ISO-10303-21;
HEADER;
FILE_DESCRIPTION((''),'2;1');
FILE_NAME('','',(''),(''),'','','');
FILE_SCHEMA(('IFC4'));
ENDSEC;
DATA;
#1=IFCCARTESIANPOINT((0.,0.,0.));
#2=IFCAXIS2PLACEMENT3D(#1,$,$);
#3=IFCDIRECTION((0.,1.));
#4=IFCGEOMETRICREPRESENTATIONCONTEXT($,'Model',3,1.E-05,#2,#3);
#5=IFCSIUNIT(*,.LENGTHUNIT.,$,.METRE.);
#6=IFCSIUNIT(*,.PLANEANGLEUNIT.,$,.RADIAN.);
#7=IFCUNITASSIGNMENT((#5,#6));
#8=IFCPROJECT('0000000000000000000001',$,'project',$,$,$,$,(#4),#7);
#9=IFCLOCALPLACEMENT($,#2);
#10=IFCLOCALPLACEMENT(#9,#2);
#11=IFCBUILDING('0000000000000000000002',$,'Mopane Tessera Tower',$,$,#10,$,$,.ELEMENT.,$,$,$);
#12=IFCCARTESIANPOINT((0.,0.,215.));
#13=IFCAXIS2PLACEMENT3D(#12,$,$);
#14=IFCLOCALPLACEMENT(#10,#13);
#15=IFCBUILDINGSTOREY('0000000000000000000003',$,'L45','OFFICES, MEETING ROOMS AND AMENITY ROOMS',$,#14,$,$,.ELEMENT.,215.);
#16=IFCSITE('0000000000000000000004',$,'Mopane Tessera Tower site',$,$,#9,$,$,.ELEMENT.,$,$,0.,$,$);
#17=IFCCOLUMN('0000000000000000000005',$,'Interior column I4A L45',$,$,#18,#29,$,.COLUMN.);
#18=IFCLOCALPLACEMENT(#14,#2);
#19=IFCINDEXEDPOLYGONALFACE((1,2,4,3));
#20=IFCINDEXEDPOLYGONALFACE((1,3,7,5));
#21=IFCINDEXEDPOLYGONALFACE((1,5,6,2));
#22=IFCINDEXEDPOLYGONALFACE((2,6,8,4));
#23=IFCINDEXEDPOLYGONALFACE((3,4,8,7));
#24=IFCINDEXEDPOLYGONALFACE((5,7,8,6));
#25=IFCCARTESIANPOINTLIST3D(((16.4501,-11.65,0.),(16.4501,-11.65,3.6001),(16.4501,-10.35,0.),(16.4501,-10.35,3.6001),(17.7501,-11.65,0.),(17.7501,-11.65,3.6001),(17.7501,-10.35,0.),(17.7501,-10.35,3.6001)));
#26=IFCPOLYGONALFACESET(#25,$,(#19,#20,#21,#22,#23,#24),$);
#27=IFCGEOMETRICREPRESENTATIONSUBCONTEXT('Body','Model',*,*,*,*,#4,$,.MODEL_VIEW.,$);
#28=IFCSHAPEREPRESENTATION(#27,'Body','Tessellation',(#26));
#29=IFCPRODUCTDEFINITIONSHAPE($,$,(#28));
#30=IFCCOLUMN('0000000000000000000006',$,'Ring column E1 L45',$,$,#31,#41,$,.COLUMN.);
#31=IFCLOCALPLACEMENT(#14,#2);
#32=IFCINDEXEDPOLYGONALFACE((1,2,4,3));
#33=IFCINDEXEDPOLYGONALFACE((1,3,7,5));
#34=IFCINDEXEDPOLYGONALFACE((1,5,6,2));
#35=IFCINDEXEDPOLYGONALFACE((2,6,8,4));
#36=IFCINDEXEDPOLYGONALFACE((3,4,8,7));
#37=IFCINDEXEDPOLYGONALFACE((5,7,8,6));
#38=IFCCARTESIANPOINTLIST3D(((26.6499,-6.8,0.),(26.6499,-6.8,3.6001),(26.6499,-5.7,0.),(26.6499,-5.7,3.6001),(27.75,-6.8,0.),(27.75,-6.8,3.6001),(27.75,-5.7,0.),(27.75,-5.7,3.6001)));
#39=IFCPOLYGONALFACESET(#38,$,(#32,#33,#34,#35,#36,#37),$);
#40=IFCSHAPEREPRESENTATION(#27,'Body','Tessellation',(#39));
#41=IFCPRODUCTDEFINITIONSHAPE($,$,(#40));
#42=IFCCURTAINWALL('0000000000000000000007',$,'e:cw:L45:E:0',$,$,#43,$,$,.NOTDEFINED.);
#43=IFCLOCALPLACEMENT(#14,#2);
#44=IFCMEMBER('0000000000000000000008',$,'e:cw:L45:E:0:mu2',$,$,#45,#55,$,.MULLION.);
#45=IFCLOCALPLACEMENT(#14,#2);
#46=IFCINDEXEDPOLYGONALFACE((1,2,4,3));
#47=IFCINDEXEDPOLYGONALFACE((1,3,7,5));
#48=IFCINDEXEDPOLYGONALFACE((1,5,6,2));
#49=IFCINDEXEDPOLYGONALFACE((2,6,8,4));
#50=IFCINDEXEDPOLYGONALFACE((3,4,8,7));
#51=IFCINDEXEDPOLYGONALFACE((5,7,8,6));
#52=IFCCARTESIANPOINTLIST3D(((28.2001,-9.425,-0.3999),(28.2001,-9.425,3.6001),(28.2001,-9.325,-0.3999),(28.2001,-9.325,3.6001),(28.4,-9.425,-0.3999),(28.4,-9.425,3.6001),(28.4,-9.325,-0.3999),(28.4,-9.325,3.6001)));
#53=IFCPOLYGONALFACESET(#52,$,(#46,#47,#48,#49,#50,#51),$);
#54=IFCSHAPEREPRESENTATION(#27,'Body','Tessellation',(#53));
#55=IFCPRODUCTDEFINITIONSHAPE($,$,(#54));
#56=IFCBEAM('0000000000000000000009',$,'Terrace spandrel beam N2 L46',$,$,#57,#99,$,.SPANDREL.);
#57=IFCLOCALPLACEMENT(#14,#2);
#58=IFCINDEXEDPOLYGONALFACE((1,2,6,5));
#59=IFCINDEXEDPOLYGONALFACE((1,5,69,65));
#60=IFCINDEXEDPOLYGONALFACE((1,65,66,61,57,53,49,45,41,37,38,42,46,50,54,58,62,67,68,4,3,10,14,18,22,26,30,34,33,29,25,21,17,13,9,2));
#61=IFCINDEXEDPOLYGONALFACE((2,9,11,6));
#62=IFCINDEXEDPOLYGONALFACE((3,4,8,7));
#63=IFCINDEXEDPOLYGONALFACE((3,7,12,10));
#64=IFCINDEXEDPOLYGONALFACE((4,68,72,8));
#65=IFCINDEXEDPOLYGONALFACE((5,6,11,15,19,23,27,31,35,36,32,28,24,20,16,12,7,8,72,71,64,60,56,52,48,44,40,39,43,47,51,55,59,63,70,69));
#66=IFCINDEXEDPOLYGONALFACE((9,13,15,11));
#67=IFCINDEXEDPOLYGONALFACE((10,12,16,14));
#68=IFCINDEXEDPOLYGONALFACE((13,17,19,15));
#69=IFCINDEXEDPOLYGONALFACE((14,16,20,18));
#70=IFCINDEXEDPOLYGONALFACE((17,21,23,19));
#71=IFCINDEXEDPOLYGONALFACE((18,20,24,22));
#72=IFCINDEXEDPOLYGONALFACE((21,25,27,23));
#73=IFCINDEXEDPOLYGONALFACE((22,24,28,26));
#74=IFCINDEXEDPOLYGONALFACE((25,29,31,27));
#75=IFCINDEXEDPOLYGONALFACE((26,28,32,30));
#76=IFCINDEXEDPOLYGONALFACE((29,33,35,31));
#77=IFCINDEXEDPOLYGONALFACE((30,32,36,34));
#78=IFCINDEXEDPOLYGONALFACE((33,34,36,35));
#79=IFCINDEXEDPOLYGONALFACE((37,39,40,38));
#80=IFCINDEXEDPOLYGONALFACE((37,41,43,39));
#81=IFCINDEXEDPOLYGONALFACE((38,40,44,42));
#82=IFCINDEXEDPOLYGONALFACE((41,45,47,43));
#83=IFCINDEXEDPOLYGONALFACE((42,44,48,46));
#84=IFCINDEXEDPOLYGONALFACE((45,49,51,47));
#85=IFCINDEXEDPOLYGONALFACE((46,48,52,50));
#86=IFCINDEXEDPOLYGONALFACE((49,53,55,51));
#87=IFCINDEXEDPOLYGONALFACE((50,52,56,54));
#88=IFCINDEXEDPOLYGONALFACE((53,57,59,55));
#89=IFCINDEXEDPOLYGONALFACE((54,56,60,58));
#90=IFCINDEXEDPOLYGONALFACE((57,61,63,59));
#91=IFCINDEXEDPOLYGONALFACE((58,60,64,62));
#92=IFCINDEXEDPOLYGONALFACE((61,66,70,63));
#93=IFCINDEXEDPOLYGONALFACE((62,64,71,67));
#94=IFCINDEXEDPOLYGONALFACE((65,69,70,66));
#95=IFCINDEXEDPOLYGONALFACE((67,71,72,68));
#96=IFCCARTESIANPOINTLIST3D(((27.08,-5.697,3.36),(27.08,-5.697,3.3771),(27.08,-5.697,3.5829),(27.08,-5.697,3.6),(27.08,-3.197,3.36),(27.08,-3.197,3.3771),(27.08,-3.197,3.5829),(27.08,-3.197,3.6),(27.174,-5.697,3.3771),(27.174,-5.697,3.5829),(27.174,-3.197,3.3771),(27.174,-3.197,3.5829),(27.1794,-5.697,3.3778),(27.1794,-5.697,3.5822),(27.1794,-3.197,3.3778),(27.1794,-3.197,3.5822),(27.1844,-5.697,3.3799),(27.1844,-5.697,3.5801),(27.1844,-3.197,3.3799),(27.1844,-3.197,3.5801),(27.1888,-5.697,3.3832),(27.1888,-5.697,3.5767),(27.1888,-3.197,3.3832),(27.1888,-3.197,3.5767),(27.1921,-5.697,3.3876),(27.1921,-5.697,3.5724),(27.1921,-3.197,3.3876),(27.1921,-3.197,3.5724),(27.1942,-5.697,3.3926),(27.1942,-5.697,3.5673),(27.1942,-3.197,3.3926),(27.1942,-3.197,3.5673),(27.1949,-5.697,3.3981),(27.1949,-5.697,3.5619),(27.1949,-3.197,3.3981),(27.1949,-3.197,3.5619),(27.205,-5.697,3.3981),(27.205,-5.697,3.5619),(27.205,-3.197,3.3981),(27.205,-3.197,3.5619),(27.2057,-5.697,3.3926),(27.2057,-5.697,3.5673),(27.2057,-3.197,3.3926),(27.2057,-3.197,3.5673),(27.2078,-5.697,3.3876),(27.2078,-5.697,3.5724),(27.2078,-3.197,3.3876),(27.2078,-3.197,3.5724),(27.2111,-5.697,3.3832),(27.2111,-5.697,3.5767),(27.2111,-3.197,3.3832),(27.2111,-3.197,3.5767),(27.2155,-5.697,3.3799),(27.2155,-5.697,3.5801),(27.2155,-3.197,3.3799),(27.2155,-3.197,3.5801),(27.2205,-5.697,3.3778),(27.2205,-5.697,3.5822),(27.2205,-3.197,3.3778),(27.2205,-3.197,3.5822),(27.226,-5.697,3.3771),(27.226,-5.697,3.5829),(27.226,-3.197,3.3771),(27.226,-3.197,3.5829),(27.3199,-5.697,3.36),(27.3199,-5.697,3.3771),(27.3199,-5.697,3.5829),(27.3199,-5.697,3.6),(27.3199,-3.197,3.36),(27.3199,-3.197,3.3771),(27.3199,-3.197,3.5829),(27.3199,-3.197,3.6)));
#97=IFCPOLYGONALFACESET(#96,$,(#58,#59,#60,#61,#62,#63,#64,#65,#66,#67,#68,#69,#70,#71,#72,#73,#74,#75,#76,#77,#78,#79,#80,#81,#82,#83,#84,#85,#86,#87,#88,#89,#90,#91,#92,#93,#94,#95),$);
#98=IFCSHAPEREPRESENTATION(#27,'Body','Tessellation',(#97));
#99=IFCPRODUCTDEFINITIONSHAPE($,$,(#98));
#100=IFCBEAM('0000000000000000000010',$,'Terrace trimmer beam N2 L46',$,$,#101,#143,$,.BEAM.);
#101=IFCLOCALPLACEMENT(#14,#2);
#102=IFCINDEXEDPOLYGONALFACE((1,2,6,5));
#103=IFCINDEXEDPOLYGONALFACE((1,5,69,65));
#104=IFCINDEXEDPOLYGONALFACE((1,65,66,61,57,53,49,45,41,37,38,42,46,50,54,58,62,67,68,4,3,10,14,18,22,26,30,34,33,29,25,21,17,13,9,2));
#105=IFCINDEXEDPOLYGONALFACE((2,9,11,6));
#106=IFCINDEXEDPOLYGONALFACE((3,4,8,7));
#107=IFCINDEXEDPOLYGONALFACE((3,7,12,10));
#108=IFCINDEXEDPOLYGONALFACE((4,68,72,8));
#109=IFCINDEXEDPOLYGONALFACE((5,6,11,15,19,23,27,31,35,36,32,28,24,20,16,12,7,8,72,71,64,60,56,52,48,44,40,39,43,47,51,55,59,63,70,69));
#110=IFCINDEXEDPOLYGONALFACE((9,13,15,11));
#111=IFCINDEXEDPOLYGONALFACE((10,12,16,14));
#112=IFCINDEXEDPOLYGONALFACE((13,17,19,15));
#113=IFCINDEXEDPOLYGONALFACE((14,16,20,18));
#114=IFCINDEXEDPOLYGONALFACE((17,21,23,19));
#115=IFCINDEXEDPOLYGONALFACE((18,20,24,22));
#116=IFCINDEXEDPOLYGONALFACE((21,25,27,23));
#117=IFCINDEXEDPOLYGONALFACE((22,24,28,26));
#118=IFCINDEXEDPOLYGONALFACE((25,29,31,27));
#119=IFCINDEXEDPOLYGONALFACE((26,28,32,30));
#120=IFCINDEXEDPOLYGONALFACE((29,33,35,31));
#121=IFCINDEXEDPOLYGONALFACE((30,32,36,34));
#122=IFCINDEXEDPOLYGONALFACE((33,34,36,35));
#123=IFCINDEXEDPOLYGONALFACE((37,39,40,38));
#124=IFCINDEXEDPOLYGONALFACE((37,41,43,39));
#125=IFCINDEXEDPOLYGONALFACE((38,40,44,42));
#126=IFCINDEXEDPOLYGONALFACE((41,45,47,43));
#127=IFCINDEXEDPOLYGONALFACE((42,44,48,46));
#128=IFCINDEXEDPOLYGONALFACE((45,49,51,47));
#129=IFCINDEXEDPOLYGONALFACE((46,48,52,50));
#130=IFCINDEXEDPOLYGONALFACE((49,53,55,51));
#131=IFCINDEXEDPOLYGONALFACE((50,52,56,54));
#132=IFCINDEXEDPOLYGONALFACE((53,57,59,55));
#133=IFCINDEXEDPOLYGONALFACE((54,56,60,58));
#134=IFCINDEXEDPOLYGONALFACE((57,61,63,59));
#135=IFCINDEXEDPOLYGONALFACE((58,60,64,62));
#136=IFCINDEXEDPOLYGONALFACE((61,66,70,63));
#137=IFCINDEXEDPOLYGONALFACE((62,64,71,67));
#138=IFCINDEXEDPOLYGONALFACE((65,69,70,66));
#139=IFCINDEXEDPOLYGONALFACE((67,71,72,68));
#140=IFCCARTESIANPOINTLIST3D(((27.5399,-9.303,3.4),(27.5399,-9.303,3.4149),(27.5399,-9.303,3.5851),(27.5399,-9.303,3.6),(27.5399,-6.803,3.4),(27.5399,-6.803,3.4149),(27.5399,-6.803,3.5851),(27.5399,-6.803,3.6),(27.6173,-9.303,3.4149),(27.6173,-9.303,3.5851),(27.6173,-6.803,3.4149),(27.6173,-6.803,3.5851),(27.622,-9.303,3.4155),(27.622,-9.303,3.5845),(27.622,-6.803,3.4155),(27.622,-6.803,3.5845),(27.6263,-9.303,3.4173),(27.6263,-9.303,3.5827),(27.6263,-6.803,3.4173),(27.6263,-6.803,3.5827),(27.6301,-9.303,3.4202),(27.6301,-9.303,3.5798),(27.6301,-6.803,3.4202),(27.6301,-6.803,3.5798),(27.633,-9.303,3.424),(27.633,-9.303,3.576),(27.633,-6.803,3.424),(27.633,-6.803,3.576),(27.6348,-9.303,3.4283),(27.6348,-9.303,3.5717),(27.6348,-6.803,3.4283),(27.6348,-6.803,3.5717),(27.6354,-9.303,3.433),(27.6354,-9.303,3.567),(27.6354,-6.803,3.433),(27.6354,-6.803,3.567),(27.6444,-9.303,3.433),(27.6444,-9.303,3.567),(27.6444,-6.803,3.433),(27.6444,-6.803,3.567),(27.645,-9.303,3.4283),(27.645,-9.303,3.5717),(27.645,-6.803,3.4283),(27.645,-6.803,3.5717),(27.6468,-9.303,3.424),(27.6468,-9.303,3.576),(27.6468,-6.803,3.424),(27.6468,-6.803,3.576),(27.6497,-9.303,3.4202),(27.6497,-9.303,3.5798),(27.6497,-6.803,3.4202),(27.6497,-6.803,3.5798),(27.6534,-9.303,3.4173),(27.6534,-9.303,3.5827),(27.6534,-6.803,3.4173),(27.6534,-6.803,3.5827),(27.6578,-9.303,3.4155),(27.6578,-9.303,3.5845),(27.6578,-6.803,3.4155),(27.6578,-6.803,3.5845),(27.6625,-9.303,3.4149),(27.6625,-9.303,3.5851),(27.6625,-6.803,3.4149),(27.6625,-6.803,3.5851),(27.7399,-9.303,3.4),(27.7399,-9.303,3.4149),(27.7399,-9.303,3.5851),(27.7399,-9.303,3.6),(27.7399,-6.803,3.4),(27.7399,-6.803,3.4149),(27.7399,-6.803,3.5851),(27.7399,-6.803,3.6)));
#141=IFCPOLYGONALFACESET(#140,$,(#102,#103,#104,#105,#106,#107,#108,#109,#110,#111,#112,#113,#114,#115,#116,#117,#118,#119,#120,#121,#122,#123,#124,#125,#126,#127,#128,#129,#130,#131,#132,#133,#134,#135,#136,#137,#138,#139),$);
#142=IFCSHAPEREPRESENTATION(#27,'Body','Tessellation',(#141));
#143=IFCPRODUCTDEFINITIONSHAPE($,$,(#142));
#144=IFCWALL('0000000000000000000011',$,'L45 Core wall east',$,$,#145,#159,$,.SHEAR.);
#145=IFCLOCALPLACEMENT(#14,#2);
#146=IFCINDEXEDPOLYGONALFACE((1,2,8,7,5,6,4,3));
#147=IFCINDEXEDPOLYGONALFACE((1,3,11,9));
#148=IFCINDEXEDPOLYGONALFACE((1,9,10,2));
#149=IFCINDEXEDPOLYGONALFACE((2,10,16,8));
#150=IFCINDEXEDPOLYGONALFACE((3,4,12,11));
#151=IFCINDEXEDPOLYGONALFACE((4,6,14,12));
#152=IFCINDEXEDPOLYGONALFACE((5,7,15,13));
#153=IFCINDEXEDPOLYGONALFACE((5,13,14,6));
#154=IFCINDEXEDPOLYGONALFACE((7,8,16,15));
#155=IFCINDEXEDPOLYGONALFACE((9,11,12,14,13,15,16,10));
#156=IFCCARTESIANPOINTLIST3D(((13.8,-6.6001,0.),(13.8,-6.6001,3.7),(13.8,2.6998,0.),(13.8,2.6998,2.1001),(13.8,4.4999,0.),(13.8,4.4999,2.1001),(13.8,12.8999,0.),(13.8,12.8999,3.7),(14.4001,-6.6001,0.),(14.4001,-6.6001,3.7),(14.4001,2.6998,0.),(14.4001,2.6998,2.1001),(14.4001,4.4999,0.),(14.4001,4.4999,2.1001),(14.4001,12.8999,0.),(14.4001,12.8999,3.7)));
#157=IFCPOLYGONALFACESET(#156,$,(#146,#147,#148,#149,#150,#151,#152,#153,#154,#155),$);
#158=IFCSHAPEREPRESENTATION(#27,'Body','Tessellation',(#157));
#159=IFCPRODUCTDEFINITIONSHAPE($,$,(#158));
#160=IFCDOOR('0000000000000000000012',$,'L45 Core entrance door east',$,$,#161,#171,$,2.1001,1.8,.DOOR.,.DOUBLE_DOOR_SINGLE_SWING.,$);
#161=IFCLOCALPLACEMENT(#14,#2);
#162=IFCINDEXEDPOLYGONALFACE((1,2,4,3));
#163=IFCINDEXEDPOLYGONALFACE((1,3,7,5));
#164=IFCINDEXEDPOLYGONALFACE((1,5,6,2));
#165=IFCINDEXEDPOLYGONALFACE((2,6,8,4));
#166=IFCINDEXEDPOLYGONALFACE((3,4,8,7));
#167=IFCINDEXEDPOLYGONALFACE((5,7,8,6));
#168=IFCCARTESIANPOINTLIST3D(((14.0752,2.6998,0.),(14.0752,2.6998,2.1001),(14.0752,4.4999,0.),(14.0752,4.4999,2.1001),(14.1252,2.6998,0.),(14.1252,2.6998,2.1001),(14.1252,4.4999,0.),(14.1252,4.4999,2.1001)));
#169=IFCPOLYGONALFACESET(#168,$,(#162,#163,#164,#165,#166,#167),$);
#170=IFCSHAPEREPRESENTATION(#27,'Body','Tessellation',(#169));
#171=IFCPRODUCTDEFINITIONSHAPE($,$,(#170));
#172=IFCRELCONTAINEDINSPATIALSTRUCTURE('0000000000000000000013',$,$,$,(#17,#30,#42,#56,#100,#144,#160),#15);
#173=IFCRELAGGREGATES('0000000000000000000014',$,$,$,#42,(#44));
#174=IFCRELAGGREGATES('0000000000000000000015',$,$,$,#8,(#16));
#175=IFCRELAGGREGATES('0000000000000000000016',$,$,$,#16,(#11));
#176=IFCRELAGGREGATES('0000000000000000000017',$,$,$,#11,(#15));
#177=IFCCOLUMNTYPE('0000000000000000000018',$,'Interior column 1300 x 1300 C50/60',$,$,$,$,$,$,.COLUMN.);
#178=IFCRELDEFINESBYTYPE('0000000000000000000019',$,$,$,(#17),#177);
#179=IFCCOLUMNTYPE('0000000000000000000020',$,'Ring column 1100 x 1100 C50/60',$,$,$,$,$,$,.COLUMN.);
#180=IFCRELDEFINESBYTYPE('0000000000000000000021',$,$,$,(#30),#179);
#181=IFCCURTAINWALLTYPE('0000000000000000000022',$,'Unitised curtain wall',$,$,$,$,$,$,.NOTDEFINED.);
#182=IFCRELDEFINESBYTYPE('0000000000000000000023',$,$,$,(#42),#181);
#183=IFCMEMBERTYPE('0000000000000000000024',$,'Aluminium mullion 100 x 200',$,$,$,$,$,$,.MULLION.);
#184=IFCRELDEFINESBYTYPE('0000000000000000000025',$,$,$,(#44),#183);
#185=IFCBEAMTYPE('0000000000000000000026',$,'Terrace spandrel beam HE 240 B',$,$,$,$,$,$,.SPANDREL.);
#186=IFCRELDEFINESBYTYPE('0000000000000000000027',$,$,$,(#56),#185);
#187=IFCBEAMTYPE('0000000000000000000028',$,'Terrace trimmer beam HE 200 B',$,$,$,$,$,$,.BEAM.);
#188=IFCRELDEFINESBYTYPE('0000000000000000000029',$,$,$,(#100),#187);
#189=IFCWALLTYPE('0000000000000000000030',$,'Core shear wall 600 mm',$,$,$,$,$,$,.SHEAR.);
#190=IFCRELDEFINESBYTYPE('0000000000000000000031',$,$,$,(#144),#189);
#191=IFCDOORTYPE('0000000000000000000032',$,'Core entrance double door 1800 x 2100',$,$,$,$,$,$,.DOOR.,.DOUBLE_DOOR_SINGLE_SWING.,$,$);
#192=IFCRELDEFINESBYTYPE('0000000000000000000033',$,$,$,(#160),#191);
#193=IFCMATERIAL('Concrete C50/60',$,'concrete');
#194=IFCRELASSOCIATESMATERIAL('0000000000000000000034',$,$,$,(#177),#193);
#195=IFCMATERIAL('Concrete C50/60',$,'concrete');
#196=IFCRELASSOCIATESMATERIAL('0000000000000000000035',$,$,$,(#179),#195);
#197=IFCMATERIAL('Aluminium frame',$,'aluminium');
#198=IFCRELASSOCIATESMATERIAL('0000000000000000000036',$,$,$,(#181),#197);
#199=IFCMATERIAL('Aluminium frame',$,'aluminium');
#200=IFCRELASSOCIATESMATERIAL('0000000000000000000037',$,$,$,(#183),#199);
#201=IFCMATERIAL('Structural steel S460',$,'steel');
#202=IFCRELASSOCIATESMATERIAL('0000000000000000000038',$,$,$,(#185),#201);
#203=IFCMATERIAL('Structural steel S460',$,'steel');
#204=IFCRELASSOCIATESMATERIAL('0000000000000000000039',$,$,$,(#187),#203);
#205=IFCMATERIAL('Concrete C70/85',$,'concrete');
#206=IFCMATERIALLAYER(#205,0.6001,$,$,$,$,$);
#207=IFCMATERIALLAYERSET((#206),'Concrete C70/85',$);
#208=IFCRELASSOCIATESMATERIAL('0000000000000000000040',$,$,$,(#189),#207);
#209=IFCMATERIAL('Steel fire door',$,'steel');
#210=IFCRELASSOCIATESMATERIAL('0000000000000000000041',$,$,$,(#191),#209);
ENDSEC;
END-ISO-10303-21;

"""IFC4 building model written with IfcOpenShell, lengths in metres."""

from ifc_helpers import new_model, si_unit, direction, frame, frame_2d, origin, origin_2d, place, context, subcontext, project, spatial, rectangle, i_section, extrude, material, layer, layer_set, material_profile, profile_set, type_object, element, fill, aggregate, save


model = new_model("IFC4")

# Units and contexts
model_context = context("Model", 3, precision=1e-05, world=origin(), true_north=direction((0.0, 1.0)))
body_context = subcontext(model_context, "Body", "Model", "MODEL_VIEW")
ifc_project = project(units=[si_unit("LENGTHUNIT", "METRE"), si_unit("PLANEANGLEUNIT", "RADIAN")], contexts=[model_context])

# Site, building, storey
site_placement = place(None, origin())
site = spatial("IfcSite", under=ifc_project, at=site_placement, Name="Mopane Tessera Tower site", CompositionType="ELEMENT", RefElevation=0.0)
building_placement = place(site_placement, origin())
building = spatial("IfcBuilding", under=site, at=building_placement, Name="Mopane Tessera Tower", CompositionType="ELEMENT")
storey_placement = place(building_placement, frame((0.0, 0.0, 215.0)))
storey = spatial("IfcBuildingStorey", under=building, at=storey_placement, Name="L45", Description="OFFICES, MEETING ROOMS AND AMENITY ROOMS", CompositionType="ELEMENT", Elevation=215.0)

# Columns
ifc_material_1 = material(Name="Concrete C50/60", Category="concrete")
ifc_material_profile_1 = material_profile(ifc_material_1, rectangle(XDim=1.3, YDim=1.3, at=origin_2d()))
ifc_profile_set_1 = profile_set([ifc_material_profile_1], Name="Concrete C50/60")
column_type_1 = type_object("IfcColumnType", Name="Interior column 1300 x 1300 C50/60", PredefinedType="COLUMN", material=ifc_profile_set_1)
column_1_placement = place(storey_placement, frame((17.1001, -11.0, 0.0), z_axis=(0.0, 0.0, 1.0), x_axis=(1.0, 0.0, 0.0)))
element("IfcColumn", 1, at=column_1_placement, inside=storey, type_object=column_type_1, Name="Interior column I4A L45", PredefinedType="COLUMN", context=body_context, shape_type="SweptSolid", body=[
    extrude(rectangle(XDim=1.3, YDim=1.3, at=origin_2d()), origin(), (0.0, 0.0, 1.0), 3.6001),
])
ifc_material_2 = material(Name="Concrete C50/60", Category="concrete")
ifc_material_profile_2 = material_profile(ifc_material_2, rectangle(XDim=1.1001, YDim=1.1001, at=origin_2d()))
ifc_profile_set_2 = profile_set([ifc_material_profile_2], Name="Concrete C50/60")
column_type_2 = type_object("IfcColumnType", Name="Ring column 1100 x 1100 C50/60", PredefinedType="COLUMN", material=ifc_profile_set_2)
column_2_placement = place(storey_placement, frame((27.2, -6.25, 0.0), z_axis=(0.0, 0.0, 1.0), x_axis=(1.0, 0.0, 0.0)))
element("IfcColumn", 2, at=column_2_placement, inside=storey, type_object=column_type_2, Name="Ring column E1 L45", PredefinedType="COLUMN", context=body_context, shape_type="SweptSolid", body=[
    extrude(rectangle(XDim=1.1001, YDim=1.1001, at=origin_2d()), origin(), (0.0, 0.0, 1.0), 3.6001),
])

# Curtain wall, member
ifc_material_3 = material(Name="Aluminium frame", Category="aluminium")
curtain_wall_type = type_object("IfcCurtainWallType", Name="Unitised curtain wall", PredefinedType="NOTDEFINED", material=ifc_material_3)
curtain_wall_placement = place(storey_placement, origin())
curtain_wall = element("IfcCurtainWall", 3, at=curtain_wall_placement, inside=storey, type_object=curtain_wall_type, Name="e:cw:L45:E:0", PredefinedType="NOTDEFINED")
ifc_material_4 = material(Name="Aluminium frame", Category="aluminium")
ifc_material_profile_3 = material_profile(ifc_material_4, rectangle(XDim=0.1001, YDim=0.2, at=origin_2d()))
ifc_profile_set_3 = profile_set([ifc_material_profile_3], Name="Aluminium frame")
member_type = type_object("IfcMemberType", Name="Aluminium mullion 100 x 200", PredefinedType="MULLION", material=ifc_profile_set_3)
member_placement = place(storey_placement, frame((28.3, -9.375, -0.3999), z_axis=(0.0, 0.0, 1.0), x_axis=(0.0, 1.0, 0.0)))
member = element("IfcMember", 4, at=member_placement, type_object=member_type, Name="e:cw:L45:E:0:mu2", PredefinedType="MULLION", context=body_context, shape_type="SweptSolid", body=[
    extrude(rectangle(XDim=0.1001, YDim=0.2, at=origin_2d()), origin(), (0.0, 0.0, 1.0), 4.0),
])
aggregate(curtain_wall, [member])

# Beams
ifc_material_5 = material(Name="Structural steel S460", Category="steel")
ifc_material_profile_4 = material_profile(ifc_material_5, i_section(OverallWidth=0.24, OverallDepth=0.24, WebThickness=0.01, FlangeThickness=0.0171, FilletRadius=0.021, at=origin_2d()))
ifc_profile_set_4 = profile_set([ifc_material_profile_4], Name="Structural steel S460")
beam_type_1 = type_object("IfcBeamType", Name="Terrace spandrel beam HE 240 B", PredefinedType="SPANDREL", material=ifc_profile_set_4)
beam_1_placement = place(storey_placement, frame((27.2, -5.697, 3.48), z_axis=(0.0, 1.0, 0.0), x_axis=(-1.0, 0.0, 0.0)))
element("IfcBeam", 5, at=beam_1_placement, inside=storey, type_object=beam_type_1, Name="Terrace spandrel beam N2 L46", PredefinedType="SPANDREL", context=body_context, shape_type="SweptSolid", body=[
    extrude(i_section(OverallWidth=0.24, OverallDepth=0.24, WebThickness=0.01, FlangeThickness=0.0171, FilletRadius=0.021, at=origin_2d()), origin(), (0.0, 0.0, 1.0), 2.5),
])
ifc_material_6 = material(Name="Structural steel S460", Category="steel")
ifc_material_profile_5 = material_profile(ifc_material_6, i_section(OverallWidth=0.2, OverallDepth=0.2, WebThickness=0.009, FlangeThickness=0.0149, FilletRadius=0.0181, at=origin_2d()))
ifc_profile_set_5 = profile_set([ifc_material_profile_5], Name="Structural steel S460")
beam_type_2 = type_object("IfcBeamType", Name="Terrace trimmer beam HE 200 B", PredefinedType="BEAM", material=ifc_profile_set_5)
beam_2_placement = place(storey_placement, frame((27.6399, -6.803, 3.5), z_axis=(0.0, -1.0, 0.0), x_axis=(1.0, 0.0, 0.0)))
element("IfcBeam", 6, at=beam_2_placement, inside=storey, type_object=beam_type_2, Name="Terrace trimmer beam N2 L46", PredefinedType="BEAM", context=body_context, shape_type="SweptSolid", body=[
    extrude(i_section(OverallWidth=0.2, OverallDepth=0.2, WebThickness=0.009, FlangeThickness=0.0149, FilletRadius=0.0181, at=origin_2d()), origin(), (0.0, 0.0, 1.0), 2.5),
])

# Wall, opening, door
ifc_material_7 = material(Name="Concrete C70/85", Category="concrete")
ifc_layer_1 = layer(ifc_material_7, 0.6001)
ifc_layer_set_1 = layer_set([ifc_layer_1], Name="Concrete C70/85")
wall_type_1 = type_object("IfcWallType", Name="Core shear wall 600 mm", PredefinedType="SHEAR", material=ifc_layer_set_1)
wall_1_placement = place(storey_placement, frame((14.1001, -6.6001, 0.0), z_axis=(0.0, 0.0, 1.0), x_axis=(0.0, 1.0, 0.0)))
wall_1 = element("IfcWall", 7, at=wall_1_placement, inside=storey, type_object=wall_type_1, Name="L45 Core wall east", PredefinedType="SHEAR", context=body_context, shape_type="SweptSolid", body=[
    extrude(rectangle(XDim=19.5, YDim=0.6001, at=frame_2d((9.75, 0.0))), origin(), (0.0, 0.0, 1.0), 3.7),
])
opening_1_placement = place(wall_1_placement, frame((9.3, 0.0, 0.0)))
opening_1 = element("IfcOpeningElement", 8, at=opening_1_placement, cuts=wall_1, PredefinedType="OPENING", context=body_context, shape_type="SweptSolid", body=[
    extrude(rectangle(XDim=1.8, YDim=2.1001, at=frame_2d((0.8999, 1.05))), frame((0.0, 0.312, 0.0), z_axis=(0.0, -1.0, 0.0), x_axis=(1.0, 0.0, 0.0)), (0.0, 0.0, 1.0), 0.624),
])
ifc_material_8 = material(Name="Steel fire door", Category="steel")
door_type_1 = type_object("IfcDoorType", Name="Core entrance double door 1800 x 2100", OperationType="DOUBLE_DOOR_SINGLE_SWING", PredefinedType="DOOR", material=ifc_material_8)
door_1_placement = place(opening_1_placement, origin())
door_1 = element("IfcDoor", 9, at=door_1_placement, inside=storey, type_object=door_type_1, Name="L45 Core entrance door east", OperationType="DOUBLE_DOOR_SINGLE_SWING", OverallHeight=2.1001, OverallWidth=1.8, PredefinedType="DOOR", context=body_context, shape_type="SweptSolid", body=[
    extrude(rectangle(XDim=1.8, YDim=2.1001, at=frame_2d((0.8999, 1.05))), frame((0.0, 0.0249, 0.0), z_axis=(0.0, -1.0, 0.0), x_axis=(1.0, 0.0, 0.0)), (0.0, 0.0, 1.0), 0.05),
])
fill(opening_1, door_1)

save(model, "model.ifc")
